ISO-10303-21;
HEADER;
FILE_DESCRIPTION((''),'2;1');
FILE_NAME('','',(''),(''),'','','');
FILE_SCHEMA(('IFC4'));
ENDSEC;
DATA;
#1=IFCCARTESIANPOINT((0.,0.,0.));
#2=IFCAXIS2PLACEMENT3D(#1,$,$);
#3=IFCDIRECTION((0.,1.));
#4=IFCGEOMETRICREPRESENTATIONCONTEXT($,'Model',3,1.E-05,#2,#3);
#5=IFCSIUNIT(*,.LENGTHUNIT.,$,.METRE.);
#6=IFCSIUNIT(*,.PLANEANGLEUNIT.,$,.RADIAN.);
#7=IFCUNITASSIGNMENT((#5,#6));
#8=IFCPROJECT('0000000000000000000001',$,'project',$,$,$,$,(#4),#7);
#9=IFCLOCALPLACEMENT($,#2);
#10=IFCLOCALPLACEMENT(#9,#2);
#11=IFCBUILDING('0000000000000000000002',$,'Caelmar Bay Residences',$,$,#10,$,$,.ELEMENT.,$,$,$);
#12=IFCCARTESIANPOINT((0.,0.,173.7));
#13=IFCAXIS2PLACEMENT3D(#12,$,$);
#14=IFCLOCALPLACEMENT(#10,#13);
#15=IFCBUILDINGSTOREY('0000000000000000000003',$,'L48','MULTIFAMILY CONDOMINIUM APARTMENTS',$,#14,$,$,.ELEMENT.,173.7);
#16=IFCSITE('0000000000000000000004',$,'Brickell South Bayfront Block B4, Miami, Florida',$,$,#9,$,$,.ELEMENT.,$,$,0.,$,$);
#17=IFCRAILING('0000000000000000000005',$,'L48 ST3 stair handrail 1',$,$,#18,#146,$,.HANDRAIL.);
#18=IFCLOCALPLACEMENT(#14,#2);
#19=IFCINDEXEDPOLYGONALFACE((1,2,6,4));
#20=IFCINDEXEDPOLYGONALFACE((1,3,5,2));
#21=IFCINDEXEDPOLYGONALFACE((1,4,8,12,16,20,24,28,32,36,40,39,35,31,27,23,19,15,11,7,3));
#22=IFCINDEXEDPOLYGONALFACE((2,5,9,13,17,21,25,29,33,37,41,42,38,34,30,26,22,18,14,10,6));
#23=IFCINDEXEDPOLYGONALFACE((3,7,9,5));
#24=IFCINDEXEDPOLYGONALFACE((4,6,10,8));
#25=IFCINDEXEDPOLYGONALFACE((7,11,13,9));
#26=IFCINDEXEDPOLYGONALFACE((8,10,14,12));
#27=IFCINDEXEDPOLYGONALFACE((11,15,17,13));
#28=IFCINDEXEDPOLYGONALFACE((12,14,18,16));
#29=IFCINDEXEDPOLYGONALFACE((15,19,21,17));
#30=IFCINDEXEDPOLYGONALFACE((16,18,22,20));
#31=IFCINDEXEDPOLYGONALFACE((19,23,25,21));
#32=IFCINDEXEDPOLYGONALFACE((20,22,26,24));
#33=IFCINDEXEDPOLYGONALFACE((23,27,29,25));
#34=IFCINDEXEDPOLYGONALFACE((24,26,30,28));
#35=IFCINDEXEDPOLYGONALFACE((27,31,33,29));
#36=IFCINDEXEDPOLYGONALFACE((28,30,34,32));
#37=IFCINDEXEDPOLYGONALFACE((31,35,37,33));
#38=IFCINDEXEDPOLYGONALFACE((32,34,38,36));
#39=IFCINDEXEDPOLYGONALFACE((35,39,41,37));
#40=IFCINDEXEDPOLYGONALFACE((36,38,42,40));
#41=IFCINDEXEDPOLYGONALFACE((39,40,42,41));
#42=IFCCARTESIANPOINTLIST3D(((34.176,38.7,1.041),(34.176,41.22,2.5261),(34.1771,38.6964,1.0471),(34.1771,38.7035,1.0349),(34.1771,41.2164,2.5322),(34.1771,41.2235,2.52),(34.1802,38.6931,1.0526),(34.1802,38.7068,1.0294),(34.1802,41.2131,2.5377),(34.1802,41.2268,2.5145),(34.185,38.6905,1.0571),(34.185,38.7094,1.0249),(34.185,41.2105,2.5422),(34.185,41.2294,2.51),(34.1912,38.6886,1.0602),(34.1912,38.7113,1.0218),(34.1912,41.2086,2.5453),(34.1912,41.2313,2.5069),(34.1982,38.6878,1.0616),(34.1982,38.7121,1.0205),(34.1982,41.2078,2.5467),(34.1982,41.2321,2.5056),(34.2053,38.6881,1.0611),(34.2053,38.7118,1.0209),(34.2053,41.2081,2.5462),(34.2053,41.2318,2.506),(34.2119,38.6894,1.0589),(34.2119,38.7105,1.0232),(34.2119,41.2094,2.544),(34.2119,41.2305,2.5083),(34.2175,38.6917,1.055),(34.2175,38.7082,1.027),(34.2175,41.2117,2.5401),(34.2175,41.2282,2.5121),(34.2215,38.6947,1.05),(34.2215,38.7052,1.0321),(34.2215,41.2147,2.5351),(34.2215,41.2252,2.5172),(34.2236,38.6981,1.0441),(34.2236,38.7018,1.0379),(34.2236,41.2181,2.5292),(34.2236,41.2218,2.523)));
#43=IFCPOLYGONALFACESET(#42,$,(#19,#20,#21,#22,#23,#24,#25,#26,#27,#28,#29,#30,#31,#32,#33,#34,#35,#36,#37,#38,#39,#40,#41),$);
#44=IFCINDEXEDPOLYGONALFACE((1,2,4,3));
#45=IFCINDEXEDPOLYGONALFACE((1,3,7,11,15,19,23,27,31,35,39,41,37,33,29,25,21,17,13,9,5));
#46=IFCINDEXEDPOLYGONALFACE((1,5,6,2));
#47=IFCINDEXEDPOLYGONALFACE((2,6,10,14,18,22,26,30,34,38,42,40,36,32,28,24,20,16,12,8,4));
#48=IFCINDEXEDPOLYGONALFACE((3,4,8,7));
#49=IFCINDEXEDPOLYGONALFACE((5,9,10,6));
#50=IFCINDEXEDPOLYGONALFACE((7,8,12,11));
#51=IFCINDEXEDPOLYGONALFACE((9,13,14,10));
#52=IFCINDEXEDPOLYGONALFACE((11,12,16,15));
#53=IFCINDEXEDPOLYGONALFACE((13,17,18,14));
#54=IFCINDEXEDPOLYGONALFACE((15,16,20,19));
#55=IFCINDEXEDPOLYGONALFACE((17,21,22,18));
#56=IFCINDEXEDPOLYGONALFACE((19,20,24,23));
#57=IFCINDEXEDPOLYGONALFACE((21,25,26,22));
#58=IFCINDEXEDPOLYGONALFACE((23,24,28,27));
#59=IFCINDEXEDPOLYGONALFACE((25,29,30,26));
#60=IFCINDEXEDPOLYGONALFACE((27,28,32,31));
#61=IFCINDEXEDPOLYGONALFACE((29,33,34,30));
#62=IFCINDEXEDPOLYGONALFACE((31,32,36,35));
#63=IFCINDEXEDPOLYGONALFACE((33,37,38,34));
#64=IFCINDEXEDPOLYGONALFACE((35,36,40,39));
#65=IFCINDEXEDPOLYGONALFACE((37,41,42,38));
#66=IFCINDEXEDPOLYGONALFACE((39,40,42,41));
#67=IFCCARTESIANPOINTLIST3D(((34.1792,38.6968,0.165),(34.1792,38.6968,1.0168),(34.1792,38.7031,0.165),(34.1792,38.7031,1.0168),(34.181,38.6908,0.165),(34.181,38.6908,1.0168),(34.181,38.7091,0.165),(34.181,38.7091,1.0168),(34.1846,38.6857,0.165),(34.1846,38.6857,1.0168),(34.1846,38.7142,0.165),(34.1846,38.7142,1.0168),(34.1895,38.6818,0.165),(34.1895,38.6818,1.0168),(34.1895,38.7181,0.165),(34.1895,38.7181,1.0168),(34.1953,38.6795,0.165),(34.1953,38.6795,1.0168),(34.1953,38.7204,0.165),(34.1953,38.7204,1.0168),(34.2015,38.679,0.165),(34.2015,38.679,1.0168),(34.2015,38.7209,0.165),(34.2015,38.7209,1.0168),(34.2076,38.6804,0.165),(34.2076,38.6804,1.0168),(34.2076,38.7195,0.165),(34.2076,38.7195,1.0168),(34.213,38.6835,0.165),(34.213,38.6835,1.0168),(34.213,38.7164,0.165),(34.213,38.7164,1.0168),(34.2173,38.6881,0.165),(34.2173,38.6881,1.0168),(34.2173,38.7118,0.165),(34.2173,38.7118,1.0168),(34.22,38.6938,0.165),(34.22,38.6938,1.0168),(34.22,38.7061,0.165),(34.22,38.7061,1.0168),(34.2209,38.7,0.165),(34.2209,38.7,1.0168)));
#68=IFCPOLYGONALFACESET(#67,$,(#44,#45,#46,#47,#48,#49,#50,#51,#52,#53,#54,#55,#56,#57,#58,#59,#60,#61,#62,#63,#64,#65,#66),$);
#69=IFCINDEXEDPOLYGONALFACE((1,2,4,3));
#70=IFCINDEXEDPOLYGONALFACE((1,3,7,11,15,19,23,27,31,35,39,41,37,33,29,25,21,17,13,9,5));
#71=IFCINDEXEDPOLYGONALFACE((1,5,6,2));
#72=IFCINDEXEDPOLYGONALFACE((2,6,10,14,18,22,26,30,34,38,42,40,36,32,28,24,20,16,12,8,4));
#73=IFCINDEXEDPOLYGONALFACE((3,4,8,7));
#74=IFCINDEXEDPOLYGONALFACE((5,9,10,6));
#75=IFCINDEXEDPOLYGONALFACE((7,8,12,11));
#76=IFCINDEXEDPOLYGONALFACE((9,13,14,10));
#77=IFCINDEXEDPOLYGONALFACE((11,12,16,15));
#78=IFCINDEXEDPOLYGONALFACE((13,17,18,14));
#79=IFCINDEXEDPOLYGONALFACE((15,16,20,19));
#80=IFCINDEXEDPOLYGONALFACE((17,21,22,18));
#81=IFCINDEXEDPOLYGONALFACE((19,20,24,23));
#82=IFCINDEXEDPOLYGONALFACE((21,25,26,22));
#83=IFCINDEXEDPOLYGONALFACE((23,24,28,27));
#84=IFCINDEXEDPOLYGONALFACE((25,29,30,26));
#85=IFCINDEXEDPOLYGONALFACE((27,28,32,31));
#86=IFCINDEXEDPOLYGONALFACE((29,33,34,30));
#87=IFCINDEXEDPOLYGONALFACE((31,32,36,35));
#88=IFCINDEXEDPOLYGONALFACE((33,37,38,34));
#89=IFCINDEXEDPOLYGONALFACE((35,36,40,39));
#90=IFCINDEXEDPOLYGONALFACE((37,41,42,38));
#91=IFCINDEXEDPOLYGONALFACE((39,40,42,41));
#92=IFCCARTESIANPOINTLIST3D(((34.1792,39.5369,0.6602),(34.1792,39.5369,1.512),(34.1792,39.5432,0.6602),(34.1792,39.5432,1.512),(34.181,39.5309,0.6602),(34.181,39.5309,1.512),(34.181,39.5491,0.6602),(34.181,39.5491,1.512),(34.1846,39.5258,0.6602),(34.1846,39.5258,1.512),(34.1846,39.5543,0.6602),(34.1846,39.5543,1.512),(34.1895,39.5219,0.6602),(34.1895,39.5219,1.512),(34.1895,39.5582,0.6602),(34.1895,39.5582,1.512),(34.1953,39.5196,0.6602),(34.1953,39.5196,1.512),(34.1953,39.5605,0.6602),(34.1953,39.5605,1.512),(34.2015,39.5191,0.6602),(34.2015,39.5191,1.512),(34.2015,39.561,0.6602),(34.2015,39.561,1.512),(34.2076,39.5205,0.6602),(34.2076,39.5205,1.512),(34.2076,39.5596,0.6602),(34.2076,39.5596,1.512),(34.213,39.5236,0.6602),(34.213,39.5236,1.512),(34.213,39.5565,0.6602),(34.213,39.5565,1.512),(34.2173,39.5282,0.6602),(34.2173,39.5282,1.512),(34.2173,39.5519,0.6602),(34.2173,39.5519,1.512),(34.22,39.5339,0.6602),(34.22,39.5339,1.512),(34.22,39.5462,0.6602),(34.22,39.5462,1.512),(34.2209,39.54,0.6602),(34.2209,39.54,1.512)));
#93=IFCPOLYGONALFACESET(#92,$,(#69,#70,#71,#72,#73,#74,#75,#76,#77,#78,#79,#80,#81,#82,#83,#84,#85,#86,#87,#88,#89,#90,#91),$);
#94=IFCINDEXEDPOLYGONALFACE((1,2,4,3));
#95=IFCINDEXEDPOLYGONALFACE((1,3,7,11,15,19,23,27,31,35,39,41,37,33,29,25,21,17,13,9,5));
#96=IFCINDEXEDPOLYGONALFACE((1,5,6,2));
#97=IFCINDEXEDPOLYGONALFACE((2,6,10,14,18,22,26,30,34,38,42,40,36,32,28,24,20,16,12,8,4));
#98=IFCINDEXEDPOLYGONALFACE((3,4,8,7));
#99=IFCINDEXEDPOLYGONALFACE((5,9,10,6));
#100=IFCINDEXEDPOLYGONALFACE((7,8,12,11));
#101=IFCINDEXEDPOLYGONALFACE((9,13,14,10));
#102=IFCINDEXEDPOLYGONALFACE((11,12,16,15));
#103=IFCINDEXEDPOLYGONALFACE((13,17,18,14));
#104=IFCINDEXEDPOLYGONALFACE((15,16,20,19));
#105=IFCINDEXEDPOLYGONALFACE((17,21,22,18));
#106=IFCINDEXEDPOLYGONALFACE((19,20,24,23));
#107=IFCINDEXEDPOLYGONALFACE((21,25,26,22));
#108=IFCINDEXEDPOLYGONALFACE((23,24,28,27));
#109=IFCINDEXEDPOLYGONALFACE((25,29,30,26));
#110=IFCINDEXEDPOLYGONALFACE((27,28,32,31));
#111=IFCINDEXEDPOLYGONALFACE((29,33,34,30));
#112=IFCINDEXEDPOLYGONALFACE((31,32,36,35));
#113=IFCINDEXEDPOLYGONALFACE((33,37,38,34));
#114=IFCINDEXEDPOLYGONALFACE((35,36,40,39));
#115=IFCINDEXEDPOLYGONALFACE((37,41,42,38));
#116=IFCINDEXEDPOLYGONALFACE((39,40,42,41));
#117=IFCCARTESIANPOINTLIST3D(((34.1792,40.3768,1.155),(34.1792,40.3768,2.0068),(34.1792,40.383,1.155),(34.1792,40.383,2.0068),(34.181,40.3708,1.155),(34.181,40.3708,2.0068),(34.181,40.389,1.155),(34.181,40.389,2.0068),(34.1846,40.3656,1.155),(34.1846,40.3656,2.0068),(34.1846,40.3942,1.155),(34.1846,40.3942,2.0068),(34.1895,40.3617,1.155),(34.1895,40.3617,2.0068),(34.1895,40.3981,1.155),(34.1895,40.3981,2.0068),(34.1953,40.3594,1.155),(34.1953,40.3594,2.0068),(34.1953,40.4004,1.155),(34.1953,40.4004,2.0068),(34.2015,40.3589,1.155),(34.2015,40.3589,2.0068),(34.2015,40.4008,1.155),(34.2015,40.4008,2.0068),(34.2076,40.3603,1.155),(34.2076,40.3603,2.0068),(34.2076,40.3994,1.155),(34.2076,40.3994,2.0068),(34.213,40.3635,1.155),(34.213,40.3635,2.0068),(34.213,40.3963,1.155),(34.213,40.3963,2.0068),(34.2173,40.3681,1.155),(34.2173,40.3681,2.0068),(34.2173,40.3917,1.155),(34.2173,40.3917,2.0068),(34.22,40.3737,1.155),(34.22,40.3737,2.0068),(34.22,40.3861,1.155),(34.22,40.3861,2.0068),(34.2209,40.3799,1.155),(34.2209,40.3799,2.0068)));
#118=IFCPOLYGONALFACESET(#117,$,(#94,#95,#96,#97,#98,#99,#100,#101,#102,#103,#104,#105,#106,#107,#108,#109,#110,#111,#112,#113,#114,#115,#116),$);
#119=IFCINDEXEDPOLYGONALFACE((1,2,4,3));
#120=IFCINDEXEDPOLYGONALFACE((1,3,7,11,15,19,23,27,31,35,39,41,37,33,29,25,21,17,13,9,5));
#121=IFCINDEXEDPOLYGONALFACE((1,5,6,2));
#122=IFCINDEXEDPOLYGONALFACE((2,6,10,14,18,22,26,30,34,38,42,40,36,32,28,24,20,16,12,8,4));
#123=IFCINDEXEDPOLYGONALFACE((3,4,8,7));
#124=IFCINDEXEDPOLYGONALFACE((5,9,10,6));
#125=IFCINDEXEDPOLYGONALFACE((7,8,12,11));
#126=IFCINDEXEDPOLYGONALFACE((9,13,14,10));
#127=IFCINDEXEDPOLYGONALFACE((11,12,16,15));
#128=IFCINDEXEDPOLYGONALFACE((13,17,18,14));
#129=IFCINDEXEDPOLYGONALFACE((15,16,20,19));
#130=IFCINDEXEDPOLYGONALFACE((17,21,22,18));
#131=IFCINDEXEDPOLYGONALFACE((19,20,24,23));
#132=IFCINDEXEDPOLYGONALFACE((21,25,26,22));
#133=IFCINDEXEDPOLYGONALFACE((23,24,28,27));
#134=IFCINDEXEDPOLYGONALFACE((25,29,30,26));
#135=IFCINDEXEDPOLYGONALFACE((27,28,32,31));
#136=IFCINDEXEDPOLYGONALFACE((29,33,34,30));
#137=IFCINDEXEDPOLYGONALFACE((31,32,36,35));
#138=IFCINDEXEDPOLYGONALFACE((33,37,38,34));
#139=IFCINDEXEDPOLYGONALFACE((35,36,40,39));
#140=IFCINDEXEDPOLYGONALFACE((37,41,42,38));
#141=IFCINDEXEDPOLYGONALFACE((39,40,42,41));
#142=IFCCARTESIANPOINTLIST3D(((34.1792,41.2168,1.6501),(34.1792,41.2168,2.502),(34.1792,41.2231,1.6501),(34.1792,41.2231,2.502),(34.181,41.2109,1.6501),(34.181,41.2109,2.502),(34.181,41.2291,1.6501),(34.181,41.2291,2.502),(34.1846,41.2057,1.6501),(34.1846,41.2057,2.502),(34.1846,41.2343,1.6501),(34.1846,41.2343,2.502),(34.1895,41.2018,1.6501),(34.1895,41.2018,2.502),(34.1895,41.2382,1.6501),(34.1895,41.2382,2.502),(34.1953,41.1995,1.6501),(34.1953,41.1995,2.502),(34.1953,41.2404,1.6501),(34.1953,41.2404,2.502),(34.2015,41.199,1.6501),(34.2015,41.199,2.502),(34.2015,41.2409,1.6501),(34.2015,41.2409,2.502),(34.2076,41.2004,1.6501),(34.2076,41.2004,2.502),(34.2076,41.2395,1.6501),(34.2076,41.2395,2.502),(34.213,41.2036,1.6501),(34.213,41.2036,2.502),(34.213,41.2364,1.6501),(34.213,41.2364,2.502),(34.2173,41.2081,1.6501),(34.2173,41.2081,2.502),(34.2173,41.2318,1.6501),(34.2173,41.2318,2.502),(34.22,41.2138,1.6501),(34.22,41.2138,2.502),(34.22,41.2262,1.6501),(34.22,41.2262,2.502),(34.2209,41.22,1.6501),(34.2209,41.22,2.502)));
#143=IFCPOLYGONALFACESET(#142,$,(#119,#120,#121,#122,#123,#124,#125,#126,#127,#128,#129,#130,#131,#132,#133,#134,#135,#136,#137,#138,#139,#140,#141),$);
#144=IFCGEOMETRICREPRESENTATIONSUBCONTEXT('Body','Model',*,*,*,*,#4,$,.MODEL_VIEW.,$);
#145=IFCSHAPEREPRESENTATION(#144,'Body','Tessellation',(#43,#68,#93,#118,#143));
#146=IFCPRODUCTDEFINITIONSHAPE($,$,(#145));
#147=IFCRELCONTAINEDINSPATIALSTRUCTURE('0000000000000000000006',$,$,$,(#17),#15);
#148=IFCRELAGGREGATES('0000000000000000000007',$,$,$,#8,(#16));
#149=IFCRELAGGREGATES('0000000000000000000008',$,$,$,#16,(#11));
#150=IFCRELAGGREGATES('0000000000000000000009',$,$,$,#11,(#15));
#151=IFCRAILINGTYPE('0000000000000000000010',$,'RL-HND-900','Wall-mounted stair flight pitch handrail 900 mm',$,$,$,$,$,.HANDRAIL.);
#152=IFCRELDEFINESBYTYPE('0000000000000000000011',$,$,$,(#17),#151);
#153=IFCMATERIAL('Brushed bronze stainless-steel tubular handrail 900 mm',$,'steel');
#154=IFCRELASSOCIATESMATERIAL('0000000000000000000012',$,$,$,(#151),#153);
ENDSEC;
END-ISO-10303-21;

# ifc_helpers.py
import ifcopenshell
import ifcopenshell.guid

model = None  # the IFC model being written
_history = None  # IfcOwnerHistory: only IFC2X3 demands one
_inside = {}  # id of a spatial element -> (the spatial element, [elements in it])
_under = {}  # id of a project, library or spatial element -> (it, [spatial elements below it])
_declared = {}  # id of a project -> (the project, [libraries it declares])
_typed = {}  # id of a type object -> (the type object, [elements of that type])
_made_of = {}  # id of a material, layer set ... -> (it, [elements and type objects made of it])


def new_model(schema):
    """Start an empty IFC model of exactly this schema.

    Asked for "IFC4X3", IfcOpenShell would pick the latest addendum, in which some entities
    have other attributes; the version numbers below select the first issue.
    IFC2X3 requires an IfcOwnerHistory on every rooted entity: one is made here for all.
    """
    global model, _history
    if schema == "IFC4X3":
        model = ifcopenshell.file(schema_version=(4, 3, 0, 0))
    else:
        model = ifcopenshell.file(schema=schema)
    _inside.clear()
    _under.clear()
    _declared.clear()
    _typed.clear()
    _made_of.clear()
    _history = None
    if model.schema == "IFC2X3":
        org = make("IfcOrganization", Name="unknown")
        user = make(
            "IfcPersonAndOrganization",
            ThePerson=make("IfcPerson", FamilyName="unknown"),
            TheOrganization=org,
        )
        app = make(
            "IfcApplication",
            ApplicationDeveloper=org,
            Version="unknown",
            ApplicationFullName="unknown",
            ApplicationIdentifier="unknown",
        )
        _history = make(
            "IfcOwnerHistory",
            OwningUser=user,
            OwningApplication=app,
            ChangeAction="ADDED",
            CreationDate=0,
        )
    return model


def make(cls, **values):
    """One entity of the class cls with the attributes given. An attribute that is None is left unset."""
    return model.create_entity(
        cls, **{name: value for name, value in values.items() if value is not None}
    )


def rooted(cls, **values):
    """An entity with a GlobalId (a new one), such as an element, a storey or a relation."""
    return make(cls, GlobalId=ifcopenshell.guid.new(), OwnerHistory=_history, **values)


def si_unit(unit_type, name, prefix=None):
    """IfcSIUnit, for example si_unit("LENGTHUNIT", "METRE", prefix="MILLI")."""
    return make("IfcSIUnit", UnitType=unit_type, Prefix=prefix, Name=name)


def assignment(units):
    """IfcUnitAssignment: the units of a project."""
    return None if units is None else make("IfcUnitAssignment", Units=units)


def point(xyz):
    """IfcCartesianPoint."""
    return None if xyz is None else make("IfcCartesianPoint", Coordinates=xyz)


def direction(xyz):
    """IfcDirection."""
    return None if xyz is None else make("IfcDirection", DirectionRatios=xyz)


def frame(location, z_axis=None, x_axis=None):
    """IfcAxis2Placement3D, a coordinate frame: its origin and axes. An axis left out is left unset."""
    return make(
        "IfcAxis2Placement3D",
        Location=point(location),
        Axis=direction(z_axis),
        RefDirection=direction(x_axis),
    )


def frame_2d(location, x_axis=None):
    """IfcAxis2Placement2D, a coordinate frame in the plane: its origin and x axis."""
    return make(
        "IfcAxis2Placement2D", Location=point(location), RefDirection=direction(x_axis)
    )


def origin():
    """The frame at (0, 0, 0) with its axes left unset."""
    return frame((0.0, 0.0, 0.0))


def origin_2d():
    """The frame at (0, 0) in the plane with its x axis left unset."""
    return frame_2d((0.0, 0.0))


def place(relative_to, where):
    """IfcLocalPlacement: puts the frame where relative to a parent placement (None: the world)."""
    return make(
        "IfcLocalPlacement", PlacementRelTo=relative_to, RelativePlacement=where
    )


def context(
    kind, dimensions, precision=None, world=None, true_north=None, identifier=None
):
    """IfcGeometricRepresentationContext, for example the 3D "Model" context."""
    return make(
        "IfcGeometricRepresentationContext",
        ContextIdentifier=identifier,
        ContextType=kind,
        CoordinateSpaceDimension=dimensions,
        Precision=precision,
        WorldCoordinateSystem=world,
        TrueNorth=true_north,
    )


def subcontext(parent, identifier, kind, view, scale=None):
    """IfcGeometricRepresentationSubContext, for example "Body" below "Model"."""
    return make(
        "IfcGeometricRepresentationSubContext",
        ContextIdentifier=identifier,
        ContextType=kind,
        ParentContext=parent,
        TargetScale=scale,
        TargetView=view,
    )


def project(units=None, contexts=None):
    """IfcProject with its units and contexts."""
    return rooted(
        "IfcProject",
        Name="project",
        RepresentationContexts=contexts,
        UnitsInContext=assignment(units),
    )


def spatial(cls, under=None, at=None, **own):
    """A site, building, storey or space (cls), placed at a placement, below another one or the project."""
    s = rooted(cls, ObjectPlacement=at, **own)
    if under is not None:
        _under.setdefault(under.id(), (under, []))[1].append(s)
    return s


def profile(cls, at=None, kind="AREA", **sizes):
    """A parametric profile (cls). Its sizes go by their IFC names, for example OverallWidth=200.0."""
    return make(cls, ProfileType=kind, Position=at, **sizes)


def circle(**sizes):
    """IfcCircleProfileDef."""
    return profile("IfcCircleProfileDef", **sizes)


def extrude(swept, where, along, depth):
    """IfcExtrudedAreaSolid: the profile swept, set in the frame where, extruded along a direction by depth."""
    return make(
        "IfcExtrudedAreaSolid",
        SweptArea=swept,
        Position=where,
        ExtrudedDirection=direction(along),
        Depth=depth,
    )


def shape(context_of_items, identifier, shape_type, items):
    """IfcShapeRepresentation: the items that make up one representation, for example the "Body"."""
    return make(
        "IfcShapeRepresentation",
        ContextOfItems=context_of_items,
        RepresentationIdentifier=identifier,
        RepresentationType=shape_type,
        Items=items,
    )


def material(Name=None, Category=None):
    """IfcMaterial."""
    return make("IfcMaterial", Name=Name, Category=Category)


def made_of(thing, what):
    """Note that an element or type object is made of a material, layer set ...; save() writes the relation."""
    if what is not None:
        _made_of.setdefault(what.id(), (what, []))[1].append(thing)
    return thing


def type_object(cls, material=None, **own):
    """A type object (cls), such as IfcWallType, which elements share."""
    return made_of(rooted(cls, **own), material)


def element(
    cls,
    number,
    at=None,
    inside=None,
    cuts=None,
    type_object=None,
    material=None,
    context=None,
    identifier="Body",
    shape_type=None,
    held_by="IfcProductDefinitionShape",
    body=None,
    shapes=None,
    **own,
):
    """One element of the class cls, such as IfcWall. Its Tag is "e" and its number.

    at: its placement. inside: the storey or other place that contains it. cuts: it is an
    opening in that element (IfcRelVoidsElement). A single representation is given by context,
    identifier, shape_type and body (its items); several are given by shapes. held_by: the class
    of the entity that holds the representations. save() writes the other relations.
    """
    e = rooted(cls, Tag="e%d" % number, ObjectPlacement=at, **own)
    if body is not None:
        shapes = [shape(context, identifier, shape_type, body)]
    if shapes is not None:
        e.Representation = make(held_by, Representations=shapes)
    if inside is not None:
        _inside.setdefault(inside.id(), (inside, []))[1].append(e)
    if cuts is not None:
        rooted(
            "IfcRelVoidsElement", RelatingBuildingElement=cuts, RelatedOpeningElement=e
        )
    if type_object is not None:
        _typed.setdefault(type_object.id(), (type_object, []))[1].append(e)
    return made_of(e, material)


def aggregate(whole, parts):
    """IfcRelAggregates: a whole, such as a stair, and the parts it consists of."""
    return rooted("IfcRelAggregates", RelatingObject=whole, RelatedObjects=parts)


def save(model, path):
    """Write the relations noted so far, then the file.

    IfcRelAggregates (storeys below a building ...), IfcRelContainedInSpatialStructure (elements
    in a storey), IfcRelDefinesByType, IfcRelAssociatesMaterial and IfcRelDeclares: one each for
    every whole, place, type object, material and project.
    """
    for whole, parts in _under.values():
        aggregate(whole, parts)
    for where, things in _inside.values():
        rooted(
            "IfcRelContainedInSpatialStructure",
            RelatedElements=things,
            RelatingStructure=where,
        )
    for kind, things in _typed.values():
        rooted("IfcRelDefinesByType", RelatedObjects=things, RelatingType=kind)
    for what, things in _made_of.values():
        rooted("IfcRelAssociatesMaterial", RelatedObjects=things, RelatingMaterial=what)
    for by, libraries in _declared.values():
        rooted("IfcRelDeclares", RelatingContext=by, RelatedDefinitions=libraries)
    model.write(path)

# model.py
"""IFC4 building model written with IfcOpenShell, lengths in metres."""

from ifc_helpers import new_model, si_unit, direction, frame, origin, origin_2d, place, context, subcontext, project, spatial, circle, extrude, material, type_object, element, save


model = new_model("IFC4")

# Units and contexts
model_context = context("Model", 3, precision=1e-05, world=origin(), true_north=direction((0.0, 1.0)))
body_context = subcontext(model_context, "Body", "Model", "MODEL_VIEW")
ifc_project = project(units=[si_unit("LENGTHUNIT", "METRE"), si_unit("PLANEANGLEUNIT", "RADIAN")], contexts=[model_context])

# Site, building, storey
site_placement = place(None, origin())
site = spatial("IfcSite", under=ifc_project, at=site_placement, Name="Brickell South Bayfront Block B4, Miami, Florida", CompositionType="ELEMENT", RefElevation=0.0)
building_placement = place(site_placement, origin())
building = spatial("IfcBuilding", under=site, at=building_placement, Name="Caelmar Bay Residences", CompositionType="ELEMENT")
storey_placement = place(building_placement, frame((0.0, 0.0, 173.7)))
storey = spatial("IfcBuildingStorey", under=building, at=storey_placement, Name="L48", Description="MULTIFAMILY CONDOMINIUM APARTMENTS", CompositionType="ELEMENT", Elevation=173.7)

# Railing
ifc_material_1 = material(Name="Brushed bronze stainless-steel tubular handrail 900 mm", Category="steel")
railing_type_1 = type_object("IfcRailingType", Name="RL-HND-900", Description="Wall-mounted stair flight pitch handrail 900 mm", PredefinedType="HANDRAIL", material=ifc_material_1)
railing_1_placement = place(storey_placement, frame((34.2, 38.7, 0.165)))
element("IfcRailing", 1, at=railing_1_placement, inside=storey, type_object=railing_type_1, Name="L48 ST3 stair handrail 1", PredefinedType="HANDRAIL", context=body_context, shape_type="SweptSolid", body=[
    extrude(circle(Radius=0.0239, at=origin_2d()), frame((0.0, 0.0, 0.876), z_axis=(0.0, 0.861524, 0.507717), x_axis=(-1.0, 0.0, 0.0)), (0.0, 0.0, 1.0), 2.925),
    extrude(circle(Radius=0.021, at=origin_2d()), origin(), (0.0, 0.0, 1.0), 0.8518),
    extrude(circle(Radius=0.021, at=origin_2d()), frame((0.0, 0.8401, 0.4951)), (0.0, 0.0, 1.0), 0.8518),
    extrude(circle(Radius=0.021, at=origin_2d()), frame((0.0, 1.6799, 0.99)), (0.0, 0.0, 1.0), 0.8518),
    extrude(circle(Radius=0.021, at=origin_2d()), frame((0.0, 2.52, 1.4851)), (0.0, 0.0, 1.0), 0.8518),
])

save(model, "model.ifc")
